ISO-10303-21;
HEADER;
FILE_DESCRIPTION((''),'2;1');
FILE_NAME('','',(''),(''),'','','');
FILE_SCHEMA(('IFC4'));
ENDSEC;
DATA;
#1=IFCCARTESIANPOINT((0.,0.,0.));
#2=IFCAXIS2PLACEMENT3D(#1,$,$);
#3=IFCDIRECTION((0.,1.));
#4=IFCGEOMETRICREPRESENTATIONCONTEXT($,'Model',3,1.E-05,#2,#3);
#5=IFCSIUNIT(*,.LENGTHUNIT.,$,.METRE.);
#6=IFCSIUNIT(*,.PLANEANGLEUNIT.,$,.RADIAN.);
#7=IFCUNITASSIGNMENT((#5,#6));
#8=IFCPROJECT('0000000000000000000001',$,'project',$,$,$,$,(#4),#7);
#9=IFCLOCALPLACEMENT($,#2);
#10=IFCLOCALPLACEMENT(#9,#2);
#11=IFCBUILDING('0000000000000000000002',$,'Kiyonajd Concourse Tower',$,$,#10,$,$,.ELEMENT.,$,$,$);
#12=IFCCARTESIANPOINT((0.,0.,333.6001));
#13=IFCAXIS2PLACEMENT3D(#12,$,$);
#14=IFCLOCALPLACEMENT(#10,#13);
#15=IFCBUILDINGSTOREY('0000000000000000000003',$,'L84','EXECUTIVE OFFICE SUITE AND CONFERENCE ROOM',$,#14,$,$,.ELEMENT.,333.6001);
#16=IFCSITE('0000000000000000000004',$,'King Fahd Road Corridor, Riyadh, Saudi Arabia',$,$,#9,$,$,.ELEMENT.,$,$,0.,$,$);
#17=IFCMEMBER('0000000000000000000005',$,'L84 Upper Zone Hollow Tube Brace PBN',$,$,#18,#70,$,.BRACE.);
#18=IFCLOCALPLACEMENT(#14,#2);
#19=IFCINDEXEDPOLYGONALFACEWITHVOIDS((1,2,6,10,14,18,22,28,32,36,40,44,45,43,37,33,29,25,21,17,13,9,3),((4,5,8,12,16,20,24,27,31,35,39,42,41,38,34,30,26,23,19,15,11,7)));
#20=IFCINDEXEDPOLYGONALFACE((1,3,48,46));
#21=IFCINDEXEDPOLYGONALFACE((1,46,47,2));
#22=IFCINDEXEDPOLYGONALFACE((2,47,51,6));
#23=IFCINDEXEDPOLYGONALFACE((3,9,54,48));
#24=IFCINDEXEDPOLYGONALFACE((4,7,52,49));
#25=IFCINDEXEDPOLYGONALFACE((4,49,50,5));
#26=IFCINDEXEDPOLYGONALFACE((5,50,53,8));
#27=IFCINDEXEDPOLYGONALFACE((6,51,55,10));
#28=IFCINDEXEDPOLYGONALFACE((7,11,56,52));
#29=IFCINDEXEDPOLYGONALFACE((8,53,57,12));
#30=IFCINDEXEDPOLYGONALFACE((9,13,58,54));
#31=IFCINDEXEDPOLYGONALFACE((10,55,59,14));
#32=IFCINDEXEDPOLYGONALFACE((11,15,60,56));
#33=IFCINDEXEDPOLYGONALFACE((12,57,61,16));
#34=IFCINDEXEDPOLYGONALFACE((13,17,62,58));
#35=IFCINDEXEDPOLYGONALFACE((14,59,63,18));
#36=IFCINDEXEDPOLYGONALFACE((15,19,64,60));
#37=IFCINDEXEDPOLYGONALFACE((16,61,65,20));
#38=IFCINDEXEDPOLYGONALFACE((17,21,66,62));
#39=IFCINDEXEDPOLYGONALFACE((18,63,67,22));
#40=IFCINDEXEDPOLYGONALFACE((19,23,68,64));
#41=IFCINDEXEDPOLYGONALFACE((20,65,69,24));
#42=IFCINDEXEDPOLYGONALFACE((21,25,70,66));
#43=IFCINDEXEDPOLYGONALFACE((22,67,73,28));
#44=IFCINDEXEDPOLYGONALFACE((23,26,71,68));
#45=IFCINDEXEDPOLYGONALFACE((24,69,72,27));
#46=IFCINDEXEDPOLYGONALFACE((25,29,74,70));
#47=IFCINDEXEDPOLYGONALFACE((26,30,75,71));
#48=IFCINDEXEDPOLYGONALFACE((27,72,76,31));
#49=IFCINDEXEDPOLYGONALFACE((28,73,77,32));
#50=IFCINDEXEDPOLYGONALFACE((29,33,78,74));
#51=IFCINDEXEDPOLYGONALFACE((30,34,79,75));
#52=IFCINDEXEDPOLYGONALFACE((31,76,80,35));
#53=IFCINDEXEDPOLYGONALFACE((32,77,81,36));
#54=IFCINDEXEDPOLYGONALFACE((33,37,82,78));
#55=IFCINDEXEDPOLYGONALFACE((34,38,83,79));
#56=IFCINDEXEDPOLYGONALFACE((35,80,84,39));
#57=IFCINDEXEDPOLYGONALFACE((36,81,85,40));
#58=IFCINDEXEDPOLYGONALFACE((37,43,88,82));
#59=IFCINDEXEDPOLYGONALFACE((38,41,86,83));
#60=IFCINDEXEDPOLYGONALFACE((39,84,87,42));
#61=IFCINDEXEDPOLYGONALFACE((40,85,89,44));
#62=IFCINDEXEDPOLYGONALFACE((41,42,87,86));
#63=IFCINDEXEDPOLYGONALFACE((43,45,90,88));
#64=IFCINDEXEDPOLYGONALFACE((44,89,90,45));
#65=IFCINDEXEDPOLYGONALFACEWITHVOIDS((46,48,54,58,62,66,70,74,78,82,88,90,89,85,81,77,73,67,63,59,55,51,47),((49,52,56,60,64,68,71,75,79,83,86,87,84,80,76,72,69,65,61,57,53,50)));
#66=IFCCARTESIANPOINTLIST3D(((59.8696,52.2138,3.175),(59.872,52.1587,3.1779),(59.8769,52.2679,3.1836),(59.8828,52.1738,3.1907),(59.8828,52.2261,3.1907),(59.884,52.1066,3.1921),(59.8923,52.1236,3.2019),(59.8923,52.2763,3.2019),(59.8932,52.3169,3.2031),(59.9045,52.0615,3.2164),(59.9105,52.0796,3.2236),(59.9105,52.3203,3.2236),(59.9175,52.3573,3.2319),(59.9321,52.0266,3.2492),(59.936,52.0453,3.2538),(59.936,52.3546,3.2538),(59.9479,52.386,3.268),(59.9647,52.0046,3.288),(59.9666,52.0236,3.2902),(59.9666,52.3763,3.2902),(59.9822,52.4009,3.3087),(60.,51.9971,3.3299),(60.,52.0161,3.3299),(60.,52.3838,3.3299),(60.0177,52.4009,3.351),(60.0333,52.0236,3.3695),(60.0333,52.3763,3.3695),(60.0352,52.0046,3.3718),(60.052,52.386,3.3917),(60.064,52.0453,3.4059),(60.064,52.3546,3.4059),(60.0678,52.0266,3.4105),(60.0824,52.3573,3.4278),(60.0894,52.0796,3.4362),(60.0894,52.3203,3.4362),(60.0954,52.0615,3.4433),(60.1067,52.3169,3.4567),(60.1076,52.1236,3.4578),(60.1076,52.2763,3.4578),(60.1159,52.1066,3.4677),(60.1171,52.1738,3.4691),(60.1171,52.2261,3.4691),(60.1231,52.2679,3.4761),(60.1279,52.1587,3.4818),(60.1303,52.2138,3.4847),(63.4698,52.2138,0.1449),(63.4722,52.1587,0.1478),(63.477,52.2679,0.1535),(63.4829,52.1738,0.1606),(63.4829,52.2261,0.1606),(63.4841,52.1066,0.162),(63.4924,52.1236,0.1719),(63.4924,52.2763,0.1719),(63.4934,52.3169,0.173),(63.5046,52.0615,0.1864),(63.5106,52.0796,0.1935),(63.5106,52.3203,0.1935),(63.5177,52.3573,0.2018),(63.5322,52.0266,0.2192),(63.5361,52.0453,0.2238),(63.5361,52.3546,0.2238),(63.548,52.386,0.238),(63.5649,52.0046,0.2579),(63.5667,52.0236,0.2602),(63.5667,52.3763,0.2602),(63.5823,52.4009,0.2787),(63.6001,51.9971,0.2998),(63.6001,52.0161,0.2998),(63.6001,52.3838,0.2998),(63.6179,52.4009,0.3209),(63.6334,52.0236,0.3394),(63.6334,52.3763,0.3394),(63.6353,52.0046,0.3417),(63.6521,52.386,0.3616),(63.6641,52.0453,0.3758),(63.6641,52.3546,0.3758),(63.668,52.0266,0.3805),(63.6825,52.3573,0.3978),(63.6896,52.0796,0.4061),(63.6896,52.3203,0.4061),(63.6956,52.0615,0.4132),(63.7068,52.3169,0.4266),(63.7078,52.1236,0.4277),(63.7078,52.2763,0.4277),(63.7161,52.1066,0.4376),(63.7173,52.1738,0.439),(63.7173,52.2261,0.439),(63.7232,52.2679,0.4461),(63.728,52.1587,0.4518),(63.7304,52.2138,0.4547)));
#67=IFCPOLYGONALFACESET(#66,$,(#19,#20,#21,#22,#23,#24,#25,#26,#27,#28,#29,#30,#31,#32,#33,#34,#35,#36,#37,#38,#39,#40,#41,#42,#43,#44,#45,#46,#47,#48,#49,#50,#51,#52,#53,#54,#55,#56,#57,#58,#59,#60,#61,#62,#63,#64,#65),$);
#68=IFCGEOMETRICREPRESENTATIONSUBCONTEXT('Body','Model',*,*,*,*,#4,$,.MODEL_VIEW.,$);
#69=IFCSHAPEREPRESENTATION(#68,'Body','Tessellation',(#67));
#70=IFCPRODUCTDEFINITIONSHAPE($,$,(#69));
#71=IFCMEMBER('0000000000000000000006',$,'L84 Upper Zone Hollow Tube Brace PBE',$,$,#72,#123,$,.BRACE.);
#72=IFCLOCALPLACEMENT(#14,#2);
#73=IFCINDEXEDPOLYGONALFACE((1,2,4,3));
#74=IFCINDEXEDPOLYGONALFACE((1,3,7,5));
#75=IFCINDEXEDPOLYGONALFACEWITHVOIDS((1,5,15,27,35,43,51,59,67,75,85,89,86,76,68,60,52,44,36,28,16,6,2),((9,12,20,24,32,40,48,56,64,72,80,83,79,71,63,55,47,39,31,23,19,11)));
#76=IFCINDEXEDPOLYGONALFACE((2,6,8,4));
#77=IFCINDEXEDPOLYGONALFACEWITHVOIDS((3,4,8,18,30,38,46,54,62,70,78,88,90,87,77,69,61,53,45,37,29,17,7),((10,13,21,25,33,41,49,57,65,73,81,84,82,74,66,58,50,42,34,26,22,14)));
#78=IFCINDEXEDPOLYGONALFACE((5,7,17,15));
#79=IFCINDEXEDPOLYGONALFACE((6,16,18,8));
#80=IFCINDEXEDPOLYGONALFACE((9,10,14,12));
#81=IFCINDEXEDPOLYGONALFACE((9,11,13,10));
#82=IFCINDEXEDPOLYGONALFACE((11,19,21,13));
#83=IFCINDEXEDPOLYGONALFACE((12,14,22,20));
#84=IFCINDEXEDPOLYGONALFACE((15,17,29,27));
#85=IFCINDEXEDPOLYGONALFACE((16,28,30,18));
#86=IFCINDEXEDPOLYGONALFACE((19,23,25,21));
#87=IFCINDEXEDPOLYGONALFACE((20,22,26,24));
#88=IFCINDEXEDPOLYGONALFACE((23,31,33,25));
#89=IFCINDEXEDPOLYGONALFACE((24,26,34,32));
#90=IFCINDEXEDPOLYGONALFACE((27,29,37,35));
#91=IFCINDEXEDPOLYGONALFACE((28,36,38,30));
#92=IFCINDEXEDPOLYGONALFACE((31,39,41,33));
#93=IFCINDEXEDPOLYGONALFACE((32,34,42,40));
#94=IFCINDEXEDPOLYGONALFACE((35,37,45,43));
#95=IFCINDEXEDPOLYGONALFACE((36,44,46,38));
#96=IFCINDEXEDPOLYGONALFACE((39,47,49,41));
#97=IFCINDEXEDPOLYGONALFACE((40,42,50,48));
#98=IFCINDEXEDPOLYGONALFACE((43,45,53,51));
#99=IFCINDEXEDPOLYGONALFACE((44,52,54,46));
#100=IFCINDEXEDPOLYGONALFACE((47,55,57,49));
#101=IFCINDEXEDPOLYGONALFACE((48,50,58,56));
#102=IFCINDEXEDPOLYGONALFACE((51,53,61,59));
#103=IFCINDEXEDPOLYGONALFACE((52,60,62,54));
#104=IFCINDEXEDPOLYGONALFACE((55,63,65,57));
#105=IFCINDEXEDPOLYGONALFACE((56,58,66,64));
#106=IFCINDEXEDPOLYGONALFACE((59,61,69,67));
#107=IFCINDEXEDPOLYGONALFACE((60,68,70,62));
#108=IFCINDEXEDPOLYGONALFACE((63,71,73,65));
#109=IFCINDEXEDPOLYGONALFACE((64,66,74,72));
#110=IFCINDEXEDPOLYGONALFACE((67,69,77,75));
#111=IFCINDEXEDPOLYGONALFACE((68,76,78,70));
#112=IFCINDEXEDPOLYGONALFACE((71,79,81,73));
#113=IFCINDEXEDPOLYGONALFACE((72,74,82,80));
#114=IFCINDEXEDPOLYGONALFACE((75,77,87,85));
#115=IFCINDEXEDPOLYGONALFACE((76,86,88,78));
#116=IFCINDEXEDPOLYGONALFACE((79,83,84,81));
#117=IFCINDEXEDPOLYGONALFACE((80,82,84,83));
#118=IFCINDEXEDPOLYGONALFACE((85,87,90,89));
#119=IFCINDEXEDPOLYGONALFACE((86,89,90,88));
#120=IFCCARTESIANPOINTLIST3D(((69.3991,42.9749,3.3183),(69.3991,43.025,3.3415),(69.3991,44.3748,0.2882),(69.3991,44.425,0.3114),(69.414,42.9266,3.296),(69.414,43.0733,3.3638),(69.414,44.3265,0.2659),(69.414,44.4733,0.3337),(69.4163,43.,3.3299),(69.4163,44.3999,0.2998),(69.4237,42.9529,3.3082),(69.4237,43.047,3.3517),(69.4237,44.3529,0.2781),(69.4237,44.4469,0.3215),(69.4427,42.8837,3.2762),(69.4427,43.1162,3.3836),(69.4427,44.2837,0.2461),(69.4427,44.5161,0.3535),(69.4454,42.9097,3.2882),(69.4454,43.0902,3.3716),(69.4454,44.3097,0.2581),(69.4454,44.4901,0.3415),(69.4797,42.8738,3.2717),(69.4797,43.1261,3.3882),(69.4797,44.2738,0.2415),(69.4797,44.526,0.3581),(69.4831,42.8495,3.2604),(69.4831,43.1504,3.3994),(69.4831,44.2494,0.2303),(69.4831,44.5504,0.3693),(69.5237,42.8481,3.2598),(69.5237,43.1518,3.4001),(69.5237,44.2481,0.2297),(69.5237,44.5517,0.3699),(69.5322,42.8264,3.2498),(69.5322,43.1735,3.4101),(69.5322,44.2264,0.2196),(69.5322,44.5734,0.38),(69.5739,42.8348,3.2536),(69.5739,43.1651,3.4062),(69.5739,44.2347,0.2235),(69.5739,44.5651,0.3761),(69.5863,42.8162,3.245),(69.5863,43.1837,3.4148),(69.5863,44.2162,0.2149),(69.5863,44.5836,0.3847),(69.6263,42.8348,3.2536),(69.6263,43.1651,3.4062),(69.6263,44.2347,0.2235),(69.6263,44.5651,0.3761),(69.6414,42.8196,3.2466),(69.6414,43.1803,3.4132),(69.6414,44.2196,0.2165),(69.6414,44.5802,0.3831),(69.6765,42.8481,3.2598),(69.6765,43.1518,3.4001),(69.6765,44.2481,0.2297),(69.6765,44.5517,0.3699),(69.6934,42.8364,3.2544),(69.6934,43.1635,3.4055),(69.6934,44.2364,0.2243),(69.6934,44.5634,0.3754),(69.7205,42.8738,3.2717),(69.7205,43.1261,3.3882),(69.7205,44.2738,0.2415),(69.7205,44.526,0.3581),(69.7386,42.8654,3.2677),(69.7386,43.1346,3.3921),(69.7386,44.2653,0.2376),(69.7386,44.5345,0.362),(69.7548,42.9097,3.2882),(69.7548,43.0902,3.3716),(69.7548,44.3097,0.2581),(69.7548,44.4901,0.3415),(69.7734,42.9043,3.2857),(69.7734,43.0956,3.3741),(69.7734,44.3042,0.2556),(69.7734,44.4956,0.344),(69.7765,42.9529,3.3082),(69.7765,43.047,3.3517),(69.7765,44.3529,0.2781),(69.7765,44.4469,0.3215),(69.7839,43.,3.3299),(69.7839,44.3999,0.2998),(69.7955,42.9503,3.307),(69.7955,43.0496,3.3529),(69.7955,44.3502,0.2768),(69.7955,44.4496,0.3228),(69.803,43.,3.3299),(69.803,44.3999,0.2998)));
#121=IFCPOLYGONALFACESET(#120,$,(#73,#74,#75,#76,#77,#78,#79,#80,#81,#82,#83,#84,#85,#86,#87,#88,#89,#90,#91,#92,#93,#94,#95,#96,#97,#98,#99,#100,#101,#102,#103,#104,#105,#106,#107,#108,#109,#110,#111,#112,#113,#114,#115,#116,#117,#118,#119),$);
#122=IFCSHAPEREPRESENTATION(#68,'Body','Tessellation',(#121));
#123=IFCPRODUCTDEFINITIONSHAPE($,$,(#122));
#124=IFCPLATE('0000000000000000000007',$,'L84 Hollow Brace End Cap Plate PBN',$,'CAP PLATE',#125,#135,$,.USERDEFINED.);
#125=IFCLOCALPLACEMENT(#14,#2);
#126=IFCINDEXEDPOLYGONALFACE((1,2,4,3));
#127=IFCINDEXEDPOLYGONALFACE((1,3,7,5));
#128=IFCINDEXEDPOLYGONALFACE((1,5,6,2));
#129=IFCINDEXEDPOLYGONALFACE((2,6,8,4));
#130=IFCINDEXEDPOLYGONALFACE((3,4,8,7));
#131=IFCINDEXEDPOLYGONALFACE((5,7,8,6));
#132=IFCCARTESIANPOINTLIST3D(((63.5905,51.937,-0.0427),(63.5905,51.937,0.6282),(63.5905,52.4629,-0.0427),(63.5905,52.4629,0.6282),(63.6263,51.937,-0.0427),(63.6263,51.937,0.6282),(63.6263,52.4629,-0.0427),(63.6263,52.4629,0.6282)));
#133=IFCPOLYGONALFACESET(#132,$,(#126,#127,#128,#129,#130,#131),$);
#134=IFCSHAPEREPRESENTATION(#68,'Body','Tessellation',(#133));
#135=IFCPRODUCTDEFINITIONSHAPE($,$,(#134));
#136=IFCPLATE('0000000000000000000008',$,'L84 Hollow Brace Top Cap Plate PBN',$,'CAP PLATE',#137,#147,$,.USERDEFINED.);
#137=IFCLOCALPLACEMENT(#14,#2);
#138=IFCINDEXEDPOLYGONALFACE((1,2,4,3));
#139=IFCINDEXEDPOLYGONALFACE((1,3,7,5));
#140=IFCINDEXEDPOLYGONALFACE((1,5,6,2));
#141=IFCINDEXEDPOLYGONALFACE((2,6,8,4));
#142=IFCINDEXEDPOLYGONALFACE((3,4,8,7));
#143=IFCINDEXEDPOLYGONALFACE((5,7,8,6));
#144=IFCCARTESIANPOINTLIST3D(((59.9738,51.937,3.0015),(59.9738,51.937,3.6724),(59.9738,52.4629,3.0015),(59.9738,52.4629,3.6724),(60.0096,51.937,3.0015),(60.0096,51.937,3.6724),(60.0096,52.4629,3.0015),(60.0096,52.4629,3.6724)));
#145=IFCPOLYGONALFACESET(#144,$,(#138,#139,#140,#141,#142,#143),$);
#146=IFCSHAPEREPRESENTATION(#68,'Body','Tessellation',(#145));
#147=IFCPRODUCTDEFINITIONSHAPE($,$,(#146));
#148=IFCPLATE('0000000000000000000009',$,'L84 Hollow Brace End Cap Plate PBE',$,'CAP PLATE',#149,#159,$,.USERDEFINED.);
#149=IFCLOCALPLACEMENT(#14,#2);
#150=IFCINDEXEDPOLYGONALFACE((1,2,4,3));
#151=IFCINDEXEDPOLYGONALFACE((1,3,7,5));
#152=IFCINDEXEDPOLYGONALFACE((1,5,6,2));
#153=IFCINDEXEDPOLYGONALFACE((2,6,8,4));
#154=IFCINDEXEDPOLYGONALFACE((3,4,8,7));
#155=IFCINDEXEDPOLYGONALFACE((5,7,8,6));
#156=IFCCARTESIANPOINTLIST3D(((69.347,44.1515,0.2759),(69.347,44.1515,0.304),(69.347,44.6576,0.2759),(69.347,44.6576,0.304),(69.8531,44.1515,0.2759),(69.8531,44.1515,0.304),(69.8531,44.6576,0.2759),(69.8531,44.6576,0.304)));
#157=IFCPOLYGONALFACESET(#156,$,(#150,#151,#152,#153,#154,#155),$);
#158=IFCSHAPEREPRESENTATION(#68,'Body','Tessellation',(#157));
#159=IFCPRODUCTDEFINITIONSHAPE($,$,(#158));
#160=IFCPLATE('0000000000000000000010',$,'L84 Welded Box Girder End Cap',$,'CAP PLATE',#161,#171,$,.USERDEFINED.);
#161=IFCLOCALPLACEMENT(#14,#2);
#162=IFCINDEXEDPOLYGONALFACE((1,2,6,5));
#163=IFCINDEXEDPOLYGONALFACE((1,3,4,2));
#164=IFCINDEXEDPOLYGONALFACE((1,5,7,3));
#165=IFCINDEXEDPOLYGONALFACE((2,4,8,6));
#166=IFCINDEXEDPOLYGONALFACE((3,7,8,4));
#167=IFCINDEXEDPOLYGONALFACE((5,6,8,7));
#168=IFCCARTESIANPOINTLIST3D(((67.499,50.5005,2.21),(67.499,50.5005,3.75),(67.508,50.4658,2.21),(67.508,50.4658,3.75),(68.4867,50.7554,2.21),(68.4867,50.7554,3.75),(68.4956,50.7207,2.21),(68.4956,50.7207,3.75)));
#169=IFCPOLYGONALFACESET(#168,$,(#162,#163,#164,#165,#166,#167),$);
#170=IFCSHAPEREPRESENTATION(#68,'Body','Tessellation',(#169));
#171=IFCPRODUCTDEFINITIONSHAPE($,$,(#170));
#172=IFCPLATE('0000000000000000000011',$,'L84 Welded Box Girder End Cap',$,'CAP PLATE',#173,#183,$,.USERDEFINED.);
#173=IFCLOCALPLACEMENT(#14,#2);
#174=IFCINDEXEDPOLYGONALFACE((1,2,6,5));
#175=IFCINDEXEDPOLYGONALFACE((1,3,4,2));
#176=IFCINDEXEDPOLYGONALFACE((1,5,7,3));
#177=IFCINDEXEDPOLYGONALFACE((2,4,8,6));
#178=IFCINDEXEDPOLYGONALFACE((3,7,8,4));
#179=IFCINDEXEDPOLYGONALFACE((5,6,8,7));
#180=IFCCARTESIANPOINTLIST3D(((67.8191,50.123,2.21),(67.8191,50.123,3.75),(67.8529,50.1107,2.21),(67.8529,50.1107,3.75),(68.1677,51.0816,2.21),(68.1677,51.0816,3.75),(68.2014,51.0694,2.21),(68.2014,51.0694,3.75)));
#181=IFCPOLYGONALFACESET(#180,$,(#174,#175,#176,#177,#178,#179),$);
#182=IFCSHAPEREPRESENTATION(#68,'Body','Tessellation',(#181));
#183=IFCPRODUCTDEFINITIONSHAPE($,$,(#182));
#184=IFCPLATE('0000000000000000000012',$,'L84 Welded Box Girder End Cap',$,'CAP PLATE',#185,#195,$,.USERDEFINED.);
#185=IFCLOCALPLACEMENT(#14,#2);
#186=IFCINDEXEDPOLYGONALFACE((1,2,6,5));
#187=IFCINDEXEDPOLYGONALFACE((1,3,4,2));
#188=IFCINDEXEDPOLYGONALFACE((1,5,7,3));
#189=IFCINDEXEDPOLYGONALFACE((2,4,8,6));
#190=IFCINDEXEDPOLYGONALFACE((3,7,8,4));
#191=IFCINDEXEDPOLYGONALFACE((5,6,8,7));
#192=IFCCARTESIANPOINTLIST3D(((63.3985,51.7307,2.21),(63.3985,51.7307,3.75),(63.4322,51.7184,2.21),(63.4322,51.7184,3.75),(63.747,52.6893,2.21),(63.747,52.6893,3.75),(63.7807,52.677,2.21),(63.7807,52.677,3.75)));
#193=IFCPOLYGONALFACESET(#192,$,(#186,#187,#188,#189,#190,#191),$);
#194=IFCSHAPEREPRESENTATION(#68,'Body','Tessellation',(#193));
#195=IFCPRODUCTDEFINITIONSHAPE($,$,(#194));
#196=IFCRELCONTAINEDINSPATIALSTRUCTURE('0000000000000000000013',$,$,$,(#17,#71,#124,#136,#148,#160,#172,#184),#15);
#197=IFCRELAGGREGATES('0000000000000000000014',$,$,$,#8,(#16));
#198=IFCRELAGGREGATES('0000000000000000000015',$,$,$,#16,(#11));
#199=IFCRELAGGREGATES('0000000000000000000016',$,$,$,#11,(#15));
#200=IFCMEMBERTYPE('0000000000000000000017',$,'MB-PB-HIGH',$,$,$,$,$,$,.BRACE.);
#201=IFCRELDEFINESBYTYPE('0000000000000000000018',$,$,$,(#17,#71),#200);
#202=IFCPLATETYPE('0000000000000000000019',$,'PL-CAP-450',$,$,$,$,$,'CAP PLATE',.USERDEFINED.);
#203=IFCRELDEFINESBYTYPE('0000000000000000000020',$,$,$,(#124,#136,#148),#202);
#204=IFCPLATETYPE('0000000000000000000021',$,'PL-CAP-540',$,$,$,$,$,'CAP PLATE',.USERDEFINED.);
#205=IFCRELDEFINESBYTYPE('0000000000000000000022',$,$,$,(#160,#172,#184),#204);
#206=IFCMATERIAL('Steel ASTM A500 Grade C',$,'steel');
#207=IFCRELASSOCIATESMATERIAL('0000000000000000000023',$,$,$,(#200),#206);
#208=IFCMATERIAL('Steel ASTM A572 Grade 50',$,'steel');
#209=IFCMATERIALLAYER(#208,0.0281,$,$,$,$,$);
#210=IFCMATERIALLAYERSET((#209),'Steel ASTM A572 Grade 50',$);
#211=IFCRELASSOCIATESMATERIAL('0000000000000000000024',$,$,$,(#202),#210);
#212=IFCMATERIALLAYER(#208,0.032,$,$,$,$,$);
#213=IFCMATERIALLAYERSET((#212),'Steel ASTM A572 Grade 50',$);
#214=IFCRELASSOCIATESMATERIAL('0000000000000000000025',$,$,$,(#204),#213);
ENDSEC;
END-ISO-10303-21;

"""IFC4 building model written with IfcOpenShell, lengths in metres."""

from ifc_helpers import new_model, si_unit, direction, frame, origin, origin_2d, place, context, subcontext, project, spatial, rectangle, hollow_circle, extrude, material, layer, layer_set, material_profile, profile_set, type_object, element, save


model = new_model("IFC4")

# Units and contexts
model_context = context("Model", 3, precision=1e-05, world=origin(), true_north=direction((0.0, 1.0)))
body_context = subcontext(model_context, "Body", "Model", "MODEL_VIEW")
ifc_project = project(units=[si_unit("LENGTHUNIT", "METRE"), si_unit("PLANEANGLEUNIT", "RADIAN")], contexts=[model_context])

# Site, building, storey
site_placement = place(None, origin())
site = spatial("IfcSite", under=ifc_project, at=site_placement, Name="King Fahd Road Corridor, Riyadh, Saudi Arabia", CompositionType="ELEMENT", RefElevation=0.0)
building_placement = place(site_placement, origin())
building = spatial("IfcBuilding", under=site, at=building_placement, Name="Kiyonajd Concourse Tower", CompositionType="ELEMENT")
storey_placement = place(building_placement, frame((0.0, 0.0, 333.6001)))
storey = spatial("IfcBuildingStorey", under=building, at=storey_placement, Name="L84", Description="EXECUTIVE OFFICE SUITE AND CONFERENCE ROOM", CompositionType="ELEMENT", Elevation=333.6001)

# Shared definitions
ifc_material_1 = material(Name="Steel ASTM A572 Grade 50", Category="steel")

# Members
ifc_material_2 = material(Name="Steel ASTM A500 Grade C", Category="steel")
ifc_material_profile_1 = material_profile(ifc_material_2, hollow_circle(Radius=0.2029, WallThickness=0.019, at=origin_2d()), Name="CHS-406x19")
ifc_profile_set_1 = profile_set([ifc_material_profile_1], Name="Steel ASTM A500 Grade C")
member_type = type_object("IfcMemberType", Name="MB-PB-HIGH", PredefinedType="BRACE", material=ifc_profile_set_1)
member_1_placement = place(storey_placement, frame((63.6001, 52.2, 0.2998), z_axis=(-0.765082, 0.0, 0.643933), x_axis=(0.0, -1.0, 0.0)))
element("IfcMember", 1, at=member_1_placement, inside=storey, type_object=member_type, Name="L84 Upper Zone Hollow Tube Brace PBN", PredefinedType="BRACE", context=body_context, shape_type="SweptSolid", body=[
    extrude(hollow_circle(Radius=0.2029, WallThickness=0.019, at=origin_2d()), origin(), (0.0, 0.0, 1.0), 4.7056),
])
member_2_placement = place(storey_placement, frame((69.6001, 44.3999, 0.2998), z_axis=(0.0, -0.419411, 0.907797), x_axis=(1.0, 0.0, 0.0)))
element("IfcMember", 2, at=member_2_placement, inside=storey, type_object=member_type, Name="L84 Upper Zone Hollow Tube Brace PBE", PredefinedType="BRACE", context=body_context, shape_type="SweptSolid", body=[
    extrude(hollow_circle(Radius=0.2029, WallThickness=0.019, at=origin_2d()), origin(), (0.0, 0.0, 1.0), 3.3379),
])

# Plates
ifc_layer_1 = layer(ifc_material_1, 0.0281)
ifc_layer_set_1 = layer_set([ifc_layer_1], Name="Steel ASTM A572 Grade 50")
plate_type_1 = type_object("IfcPlateType", Name="PL-CAP-450", ElementType="CAP PLATE", PredefinedType="USERDEFINED", material=ifc_layer_set_1)
for number, where, z_axis, x_axis, name in (
    (3, (63.6084, 52.2, -0.0427), (0.0, 0.0, 1.0), (1.0, 0.0, 0.0), "L84 Hollow Brace End Cap Plate PBN"),
    (4, (59.9917, 52.2, 3.0015), (0.0, 0.0, 1.0), (-1.0, 0.0, 0.0), "L84 Hollow Brace Top Cap Plate PBN"),
):
    element("IfcPlate", number, at=place(storey_placement, frame(where, z_axis=z_axis, x_axis=x_axis)), inside=storey, type_object=plate_type_1, Name=name, ObjectType="CAP PLATE", PredefinedType="USERDEFINED", context=body_context, shape_type="SweptSolid", body=[
        extrude(rectangle(XDim=0.0359, YDim=0.5259, at=origin_2d()), origin(), (0.0, 0.0, 1.0), 0.6709),
    ])
plate_placement = place(storey_placement, frame((69.6001, 44.4045, 0.2759), z_axis=(0.0, 0.0, 1.0), x_axis=(1.0, 0.0, 0.0)))
element("IfcPlate", 5, at=plate_placement, inside=storey, type_object=plate_type_1, Name="L84 Hollow Brace End Cap Plate PBE", ObjectType="CAP PLATE", PredefinedType="USERDEFINED", context=body_context, shape_type="SweptSolid", body=[
    extrude(rectangle(XDim=0.5061, YDim=0.5061, at=origin_2d()), origin(), (0.0, 0.0, 1.0), 0.0281),
])
ifc_layer_2 = layer(ifc_material_1, 0.032)
ifc_layer_set_2 = layer_set([ifc_layer_2], Name="Steel ASTM A572 Grade 50")
plate_type_2 = type_object("IfcPlateType", Name="PL-CAP-540", ElementType="CAP PLATE", PredefinedType="USERDEFINED", material=ifc_layer_set_2)
for number, where, z_axis, x_axis, name in (
    (6, (67.9973, 50.6106, 2.21), (0.0, 0.0, 1.0), (-0.249873, 0.968279, 0.0), "L84 Welded Box Girder End Cap"),
    (7, (68.0103, 50.5962, 2.21), (0.0, 0.0, 1.0), (0.939812, -0.341692, 0.0), "L84 Welded Box Girder End Cap"),
    (8, (63.5896, 52.2039, 2.21), (0.0, 0.0, 1.0), (-0.939812, 0.341692, 0.0), "L84 Welded Box Girder End Cap"),
):
    element("IfcPlate", number, at=place(storey_placement, frame(where, z_axis=z_axis, x_axis=x_axis)), inside=storey, type_object=plate_type_2, Name=name, ObjectType="CAP PLATE", PredefinedType="USERDEFINED", context=body_context, shape_type="SweptSolid", body=[
        extrude(rectangle(XDim=0.0359, YDim=1.02, at=origin_2d()), origin(), (0.0, 0.0, 1.0), 1.54),
    ])

save(model, "model.ifc")
